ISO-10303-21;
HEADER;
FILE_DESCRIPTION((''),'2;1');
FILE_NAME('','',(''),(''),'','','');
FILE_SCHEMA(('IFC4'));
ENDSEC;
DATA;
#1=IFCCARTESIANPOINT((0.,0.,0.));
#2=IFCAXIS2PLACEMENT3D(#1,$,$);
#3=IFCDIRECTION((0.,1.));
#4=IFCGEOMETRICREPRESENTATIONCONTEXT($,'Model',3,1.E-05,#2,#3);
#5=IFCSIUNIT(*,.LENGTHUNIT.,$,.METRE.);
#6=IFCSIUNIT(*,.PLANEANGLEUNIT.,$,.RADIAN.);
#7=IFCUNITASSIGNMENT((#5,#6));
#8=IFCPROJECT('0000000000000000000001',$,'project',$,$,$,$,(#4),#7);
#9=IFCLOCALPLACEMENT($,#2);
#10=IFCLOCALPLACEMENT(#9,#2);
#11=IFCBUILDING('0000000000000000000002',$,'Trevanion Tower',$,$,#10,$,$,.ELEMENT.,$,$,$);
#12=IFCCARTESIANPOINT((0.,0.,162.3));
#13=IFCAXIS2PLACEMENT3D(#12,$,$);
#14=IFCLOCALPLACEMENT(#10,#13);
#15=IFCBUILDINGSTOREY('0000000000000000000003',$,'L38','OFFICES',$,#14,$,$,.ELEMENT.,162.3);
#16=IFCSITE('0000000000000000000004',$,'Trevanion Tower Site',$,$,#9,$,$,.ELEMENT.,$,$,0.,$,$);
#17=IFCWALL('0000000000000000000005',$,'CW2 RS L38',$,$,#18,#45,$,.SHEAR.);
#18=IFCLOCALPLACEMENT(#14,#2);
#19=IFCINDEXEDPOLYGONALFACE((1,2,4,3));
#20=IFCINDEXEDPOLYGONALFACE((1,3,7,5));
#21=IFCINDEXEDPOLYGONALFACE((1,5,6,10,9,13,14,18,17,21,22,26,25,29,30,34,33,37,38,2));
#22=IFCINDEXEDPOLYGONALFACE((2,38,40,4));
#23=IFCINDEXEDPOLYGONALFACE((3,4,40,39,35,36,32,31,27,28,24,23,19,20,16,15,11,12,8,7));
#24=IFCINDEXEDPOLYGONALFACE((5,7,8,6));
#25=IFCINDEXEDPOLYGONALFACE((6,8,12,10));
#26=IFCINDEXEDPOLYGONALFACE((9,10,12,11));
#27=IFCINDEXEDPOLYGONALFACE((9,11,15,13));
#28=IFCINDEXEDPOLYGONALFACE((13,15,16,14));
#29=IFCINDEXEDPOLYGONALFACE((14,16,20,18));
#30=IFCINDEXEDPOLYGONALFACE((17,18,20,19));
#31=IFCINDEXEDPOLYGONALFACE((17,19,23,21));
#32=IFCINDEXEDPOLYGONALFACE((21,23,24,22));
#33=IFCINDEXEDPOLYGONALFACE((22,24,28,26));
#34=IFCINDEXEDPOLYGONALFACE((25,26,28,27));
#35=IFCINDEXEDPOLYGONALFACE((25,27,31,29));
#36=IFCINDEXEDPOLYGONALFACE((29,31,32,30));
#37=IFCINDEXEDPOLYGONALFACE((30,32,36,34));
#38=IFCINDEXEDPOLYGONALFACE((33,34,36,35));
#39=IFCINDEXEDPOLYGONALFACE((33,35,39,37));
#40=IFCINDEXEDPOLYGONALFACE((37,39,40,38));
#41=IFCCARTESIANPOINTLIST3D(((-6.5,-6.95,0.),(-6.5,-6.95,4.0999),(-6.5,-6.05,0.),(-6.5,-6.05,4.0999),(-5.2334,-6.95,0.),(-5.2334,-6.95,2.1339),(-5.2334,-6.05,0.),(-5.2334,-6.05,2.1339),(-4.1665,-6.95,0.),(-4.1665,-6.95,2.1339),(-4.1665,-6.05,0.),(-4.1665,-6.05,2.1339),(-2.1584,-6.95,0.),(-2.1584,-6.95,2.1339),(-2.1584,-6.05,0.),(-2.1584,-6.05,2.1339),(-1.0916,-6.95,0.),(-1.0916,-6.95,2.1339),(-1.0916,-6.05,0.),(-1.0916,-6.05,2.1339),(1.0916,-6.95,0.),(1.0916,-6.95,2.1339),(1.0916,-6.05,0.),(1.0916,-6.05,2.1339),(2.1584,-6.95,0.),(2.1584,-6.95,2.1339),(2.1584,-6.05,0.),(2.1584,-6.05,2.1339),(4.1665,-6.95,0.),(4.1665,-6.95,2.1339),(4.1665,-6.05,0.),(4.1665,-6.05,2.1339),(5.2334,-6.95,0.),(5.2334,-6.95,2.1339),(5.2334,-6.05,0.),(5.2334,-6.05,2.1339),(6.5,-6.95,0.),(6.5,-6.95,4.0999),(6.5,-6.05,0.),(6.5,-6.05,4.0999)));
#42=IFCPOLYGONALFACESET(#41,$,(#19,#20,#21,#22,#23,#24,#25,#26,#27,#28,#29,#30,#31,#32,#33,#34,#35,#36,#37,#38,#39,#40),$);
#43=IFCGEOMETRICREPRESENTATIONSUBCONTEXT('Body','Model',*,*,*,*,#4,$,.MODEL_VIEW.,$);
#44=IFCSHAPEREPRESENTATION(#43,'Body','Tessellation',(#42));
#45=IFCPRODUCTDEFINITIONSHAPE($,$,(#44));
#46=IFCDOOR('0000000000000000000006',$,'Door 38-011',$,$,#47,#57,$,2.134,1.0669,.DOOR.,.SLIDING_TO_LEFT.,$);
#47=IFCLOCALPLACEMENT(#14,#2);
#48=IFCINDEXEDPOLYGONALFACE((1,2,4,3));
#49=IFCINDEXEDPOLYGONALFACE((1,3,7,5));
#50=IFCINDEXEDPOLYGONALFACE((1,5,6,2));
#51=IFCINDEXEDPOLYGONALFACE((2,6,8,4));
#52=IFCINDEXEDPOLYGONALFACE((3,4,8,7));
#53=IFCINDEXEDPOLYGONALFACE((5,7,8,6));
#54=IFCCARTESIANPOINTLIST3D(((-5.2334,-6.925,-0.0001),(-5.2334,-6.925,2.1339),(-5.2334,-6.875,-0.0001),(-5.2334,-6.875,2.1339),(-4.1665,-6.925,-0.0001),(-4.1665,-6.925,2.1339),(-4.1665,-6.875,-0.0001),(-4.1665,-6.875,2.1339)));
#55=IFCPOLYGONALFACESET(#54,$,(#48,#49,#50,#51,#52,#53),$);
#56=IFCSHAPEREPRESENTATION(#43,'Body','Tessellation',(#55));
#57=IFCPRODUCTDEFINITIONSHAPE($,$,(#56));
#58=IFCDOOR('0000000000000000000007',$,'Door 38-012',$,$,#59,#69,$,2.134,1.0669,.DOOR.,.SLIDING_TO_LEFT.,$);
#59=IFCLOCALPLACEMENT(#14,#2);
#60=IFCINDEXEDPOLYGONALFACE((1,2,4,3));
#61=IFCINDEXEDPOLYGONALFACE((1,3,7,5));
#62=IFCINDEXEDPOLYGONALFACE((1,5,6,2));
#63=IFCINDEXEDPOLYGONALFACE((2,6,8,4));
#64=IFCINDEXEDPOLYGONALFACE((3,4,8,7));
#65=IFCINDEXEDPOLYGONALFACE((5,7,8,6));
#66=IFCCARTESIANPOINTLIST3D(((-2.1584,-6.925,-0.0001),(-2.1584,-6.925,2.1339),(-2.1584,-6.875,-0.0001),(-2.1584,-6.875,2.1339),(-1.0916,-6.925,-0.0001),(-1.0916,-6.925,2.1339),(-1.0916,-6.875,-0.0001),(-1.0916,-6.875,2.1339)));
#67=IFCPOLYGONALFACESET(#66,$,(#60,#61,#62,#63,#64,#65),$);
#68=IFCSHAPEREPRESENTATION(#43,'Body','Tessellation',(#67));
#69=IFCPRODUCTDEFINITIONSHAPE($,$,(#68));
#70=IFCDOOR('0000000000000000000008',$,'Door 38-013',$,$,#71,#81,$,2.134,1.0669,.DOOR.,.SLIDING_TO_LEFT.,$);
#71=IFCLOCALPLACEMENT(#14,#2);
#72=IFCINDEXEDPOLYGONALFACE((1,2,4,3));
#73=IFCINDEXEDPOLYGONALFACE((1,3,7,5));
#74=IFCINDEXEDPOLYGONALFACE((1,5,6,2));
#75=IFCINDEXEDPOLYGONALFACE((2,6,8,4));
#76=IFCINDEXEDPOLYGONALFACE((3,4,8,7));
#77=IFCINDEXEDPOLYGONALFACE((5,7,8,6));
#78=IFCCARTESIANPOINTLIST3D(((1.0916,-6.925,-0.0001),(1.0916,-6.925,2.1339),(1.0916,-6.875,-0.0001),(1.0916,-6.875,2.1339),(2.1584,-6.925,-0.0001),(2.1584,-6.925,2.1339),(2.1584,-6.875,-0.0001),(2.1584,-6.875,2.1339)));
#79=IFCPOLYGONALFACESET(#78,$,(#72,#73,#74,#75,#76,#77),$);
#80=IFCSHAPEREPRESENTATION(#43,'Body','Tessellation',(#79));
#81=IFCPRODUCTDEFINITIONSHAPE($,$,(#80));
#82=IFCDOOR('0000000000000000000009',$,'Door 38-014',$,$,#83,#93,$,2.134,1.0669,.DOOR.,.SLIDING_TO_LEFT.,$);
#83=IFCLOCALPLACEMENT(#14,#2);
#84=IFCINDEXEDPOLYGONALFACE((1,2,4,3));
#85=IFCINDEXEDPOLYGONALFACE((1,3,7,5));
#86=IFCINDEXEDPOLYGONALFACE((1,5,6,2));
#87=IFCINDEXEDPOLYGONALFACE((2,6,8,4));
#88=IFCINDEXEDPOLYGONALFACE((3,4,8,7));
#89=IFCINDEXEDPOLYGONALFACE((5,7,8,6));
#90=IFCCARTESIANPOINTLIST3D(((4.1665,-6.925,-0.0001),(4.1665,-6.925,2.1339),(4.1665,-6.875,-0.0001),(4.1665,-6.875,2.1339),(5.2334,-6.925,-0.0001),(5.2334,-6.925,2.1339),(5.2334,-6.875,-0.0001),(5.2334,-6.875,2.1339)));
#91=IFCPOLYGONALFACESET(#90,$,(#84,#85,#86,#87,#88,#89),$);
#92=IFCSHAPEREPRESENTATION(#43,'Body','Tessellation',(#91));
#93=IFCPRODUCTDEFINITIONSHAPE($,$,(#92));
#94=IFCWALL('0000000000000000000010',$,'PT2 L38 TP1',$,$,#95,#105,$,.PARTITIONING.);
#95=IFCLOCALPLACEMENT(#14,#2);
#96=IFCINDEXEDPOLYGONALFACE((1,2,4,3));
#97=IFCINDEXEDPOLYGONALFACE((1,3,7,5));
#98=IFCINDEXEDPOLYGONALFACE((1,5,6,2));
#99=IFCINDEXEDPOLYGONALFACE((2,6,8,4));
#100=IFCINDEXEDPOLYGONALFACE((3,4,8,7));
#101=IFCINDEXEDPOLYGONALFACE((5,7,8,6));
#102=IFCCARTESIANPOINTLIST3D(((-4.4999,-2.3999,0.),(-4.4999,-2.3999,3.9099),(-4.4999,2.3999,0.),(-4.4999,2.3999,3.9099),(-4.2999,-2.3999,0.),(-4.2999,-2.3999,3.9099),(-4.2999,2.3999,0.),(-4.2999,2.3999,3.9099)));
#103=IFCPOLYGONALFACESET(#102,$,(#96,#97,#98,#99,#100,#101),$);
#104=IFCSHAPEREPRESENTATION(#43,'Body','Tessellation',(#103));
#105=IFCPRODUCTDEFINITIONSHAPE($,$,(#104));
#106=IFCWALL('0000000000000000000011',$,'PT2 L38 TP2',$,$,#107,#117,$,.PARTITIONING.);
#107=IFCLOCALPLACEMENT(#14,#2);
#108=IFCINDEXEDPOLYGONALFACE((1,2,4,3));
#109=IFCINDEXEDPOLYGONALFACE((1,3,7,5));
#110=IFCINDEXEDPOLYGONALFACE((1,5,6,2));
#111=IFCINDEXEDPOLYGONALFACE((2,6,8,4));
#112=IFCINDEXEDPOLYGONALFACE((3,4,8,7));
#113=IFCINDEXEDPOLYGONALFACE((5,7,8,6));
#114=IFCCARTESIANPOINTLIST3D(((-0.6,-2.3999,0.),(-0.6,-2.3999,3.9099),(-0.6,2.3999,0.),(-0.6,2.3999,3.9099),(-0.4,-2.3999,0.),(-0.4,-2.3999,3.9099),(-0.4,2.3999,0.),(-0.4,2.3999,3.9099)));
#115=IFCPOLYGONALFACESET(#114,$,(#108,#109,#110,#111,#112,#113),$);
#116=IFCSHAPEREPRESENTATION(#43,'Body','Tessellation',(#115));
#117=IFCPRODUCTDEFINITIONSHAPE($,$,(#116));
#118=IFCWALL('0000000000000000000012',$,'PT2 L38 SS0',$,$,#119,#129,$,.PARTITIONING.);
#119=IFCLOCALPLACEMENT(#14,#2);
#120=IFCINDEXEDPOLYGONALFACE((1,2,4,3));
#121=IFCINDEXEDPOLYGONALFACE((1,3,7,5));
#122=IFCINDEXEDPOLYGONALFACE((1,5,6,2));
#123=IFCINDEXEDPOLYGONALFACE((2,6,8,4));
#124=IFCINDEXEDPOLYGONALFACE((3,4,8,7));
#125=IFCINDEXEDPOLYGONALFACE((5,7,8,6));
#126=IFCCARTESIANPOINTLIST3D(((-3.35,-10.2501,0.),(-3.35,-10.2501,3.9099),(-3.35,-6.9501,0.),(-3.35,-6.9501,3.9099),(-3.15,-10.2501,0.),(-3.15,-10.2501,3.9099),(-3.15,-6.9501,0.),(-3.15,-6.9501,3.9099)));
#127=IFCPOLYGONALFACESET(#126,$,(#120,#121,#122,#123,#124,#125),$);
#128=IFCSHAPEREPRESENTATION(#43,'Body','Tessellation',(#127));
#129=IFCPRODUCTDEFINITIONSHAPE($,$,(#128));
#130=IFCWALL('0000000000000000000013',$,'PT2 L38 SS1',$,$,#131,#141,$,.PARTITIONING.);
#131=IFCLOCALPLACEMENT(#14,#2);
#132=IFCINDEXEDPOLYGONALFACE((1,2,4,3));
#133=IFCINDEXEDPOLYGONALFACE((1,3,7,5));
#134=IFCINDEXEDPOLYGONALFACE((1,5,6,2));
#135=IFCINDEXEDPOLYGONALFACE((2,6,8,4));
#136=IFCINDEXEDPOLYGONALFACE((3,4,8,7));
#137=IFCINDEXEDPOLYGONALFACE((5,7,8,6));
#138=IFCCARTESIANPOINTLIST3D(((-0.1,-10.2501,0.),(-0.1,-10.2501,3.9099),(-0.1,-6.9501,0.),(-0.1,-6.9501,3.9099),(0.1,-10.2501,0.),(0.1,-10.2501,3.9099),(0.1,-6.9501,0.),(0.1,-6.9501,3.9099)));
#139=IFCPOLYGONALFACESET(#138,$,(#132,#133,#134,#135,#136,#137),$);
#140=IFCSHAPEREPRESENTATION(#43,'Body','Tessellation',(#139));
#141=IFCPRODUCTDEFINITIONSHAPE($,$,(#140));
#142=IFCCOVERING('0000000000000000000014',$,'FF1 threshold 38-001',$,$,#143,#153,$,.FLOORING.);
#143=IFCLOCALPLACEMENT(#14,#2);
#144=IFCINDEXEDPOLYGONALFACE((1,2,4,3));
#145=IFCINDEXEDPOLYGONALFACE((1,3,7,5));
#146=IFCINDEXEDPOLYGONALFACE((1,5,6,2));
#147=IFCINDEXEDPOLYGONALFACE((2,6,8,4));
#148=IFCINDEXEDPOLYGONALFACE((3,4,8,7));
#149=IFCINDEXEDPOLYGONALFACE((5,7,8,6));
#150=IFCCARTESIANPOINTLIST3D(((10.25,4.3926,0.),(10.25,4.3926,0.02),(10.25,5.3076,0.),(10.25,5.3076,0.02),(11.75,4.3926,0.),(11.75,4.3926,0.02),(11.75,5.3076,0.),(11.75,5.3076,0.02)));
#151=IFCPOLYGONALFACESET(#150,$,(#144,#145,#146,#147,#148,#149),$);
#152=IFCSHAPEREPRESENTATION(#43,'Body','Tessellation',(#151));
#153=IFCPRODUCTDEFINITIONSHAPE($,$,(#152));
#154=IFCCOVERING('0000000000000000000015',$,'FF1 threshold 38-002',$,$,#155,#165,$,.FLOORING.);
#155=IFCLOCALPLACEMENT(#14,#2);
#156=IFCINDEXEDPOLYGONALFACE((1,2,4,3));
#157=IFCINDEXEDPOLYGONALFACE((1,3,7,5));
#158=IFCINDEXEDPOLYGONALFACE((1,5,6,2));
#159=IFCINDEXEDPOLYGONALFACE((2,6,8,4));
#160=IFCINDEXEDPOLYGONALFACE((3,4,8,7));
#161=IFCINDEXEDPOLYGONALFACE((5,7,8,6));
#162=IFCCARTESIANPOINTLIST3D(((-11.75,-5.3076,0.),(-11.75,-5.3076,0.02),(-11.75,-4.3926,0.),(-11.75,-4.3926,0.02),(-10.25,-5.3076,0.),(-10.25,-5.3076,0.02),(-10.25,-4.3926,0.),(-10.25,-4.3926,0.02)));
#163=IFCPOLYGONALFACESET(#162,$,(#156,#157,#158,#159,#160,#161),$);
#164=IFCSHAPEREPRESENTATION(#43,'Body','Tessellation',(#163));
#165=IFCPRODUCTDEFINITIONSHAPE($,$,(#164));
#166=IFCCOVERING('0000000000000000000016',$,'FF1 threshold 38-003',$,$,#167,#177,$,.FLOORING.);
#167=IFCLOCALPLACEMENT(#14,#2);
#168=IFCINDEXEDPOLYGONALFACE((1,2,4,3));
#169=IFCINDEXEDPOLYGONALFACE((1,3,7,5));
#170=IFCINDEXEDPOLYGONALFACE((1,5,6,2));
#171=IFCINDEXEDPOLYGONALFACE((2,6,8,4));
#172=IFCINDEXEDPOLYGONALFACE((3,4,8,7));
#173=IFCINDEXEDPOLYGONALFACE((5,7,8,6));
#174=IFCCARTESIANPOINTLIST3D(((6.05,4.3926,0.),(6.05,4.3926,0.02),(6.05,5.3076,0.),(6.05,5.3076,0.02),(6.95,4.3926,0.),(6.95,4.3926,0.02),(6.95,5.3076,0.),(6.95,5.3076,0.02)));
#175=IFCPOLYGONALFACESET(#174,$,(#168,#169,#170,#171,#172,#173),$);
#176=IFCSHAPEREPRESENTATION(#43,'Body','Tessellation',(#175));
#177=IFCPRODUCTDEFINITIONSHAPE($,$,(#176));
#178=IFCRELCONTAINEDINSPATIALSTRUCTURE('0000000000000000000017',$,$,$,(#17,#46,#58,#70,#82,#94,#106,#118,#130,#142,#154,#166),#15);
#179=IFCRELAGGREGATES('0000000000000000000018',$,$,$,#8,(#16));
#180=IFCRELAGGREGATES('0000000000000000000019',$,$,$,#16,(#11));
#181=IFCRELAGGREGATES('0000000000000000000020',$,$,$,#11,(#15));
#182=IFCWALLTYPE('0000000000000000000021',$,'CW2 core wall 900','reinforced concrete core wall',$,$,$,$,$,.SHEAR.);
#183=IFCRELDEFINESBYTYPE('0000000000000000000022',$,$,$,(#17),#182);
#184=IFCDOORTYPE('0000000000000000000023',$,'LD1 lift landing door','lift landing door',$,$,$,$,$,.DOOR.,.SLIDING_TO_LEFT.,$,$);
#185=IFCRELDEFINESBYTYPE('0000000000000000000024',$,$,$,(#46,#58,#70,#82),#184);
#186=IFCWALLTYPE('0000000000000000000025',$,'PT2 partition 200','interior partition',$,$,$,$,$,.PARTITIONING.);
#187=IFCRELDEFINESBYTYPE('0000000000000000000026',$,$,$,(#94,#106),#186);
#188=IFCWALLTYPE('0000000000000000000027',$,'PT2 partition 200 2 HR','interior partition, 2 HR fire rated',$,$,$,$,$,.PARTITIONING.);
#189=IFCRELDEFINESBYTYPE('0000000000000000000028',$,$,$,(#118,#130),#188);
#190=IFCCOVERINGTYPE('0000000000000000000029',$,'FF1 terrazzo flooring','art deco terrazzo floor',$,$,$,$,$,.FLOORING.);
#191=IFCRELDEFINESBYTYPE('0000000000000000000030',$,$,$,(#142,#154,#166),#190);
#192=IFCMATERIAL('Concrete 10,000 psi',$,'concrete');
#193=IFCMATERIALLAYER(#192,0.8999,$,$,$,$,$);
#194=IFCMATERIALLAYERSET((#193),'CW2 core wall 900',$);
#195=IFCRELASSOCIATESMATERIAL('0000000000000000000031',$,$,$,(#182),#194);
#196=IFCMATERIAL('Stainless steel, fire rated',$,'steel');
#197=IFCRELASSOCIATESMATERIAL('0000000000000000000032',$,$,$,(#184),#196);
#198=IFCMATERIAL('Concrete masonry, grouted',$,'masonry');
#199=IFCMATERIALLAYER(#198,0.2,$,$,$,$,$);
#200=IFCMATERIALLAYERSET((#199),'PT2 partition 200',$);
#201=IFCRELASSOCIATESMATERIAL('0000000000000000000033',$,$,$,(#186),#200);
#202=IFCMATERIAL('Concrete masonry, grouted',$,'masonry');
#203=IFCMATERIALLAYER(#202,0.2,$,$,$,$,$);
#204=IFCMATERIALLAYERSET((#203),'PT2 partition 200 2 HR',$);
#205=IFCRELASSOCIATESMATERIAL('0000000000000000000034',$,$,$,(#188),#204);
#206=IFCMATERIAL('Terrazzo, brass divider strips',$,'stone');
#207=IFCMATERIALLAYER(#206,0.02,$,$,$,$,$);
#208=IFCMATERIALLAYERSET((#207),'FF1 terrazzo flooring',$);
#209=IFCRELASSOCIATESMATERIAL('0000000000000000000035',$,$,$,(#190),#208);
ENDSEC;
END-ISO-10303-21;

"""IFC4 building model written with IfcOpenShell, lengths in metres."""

from ifc_helpers import new_model, si_unit, direction, frame, frame_2d, origin, place, context, subcontext, project, spatial, polyline, rectangle, outline, extrude, material, layer, layer_set, type_object, element, fill, save


model = new_model("IFC4")

# Units and contexts
model_context = context("Model", 3, precision=1e-05, world=origin(), true_north=direction((0.0, 1.0)))
body_context = subcontext(model_context, "Body", "Model", "MODEL_VIEW")
ifc_project = project(units=[si_unit("LENGTHUNIT", "METRE"), si_unit("PLANEANGLEUNIT", "RADIAN")], contexts=[model_context])

# Site, building, storey
site_placement = place(None, origin())
site = spatial("IfcSite", under=ifc_project, at=site_placement, Name="Trevanion Tower Site", CompositionType="ELEMENT", RefElevation=0.0)
building_placement = place(site_placement, origin())
building = spatial("IfcBuilding", under=site, at=building_placement, Name="Trevanion Tower", CompositionType="ELEMENT")
storey_placement = place(building_placement, frame((0.0, 0.0, 162.3)))
storey = spatial("IfcBuildingStorey", under=building, at=storey_placement, Name="L38", Description="OFFICES", CompositionType="ELEMENT", Elevation=162.3)

# Wall, openings, doors
ifc_material_1 = material(Name="Concrete 10,000 psi", Category="concrete")
ifc_layer_1 = layer(ifc_material_1, 0.8999)
ifc_layer_set_1 = layer_set([ifc_layer_1], Name="CW2 core wall 900")
wall_type_1 = type_object("IfcWallType", Name="CW2 core wall 900", Description="reinforced concrete core wall", PredefinedType="SHEAR", material=ifc_layer_set_1)
wall_placement = place(storey_placement, frame((-6.5, -6.5, 0.0), z_axis=(0.0, 0.0, 1.0), x_axis=(1.0, 0.0, 0.0)))
wall = element("IfcWall", 1, at=wall_placement, inside=storey, type_object=wall_type_1, Name="CW2 RS L38", PredefinedType="SHEAR", context=body_context, shape_type="SweptSolid", body=[
    extrude(rectangle(XDim=13.0, YDim=0.8999, at=frame_2d((6.5, 0.0))), origin(), (0.0, 0.0, 1.0), 4.0999),
])
opening_1_placement = place(wall_placement, frame((1.2666, 0.0, 0.0)))
opening_1 = element("IfcOpeningElement", 2, at=opening_1_placement, cuts=wall, PredefinedType="OPENING", context=body_context, shape_type="SweptSolid", body=[
    extrude(rectangle(XDim=1.0669, YDim=2.134, at=frame_2d((0.5334, 1.0669))), frame((0.0, 0.46, 0.0), z_axis=(0.0, -1.0, 0.0), x_axis=(1.0, 0.0, 0.0)), (0.0, 0.0, 1.0), 0.9199),
])
opening_2_placement = place(wall_placement, frame((4.3416, 0.0, 0.0)))
opening_2 = element("IfcOpeningElement", 3, at=opening_2_placement, cuts=wall, PredefinedType="OPENING", context=body_context, shape_type="SweptSolid", body=[
    extrude(rectangle(XDim=1.0669, YDim=2.134, at=frame_2d((0.5334, 1.0669))), frame((0.0, 0.46, 0.0), z_axis=(0.0, -1.0, 0.0), x_axis=(1.0, 0.0, 0.0)), (0.0, 0.0, 1.0), 0.9199),
])
opening_3_placement = place(wall_placement, frame((7.5916, 0.0, 0.0)))
opening_3 = element("IfcOpeningElement", 4, at=opening_3_placement, cuts=wall, PredefinedType="OPENING", context=body_context, shape_type="SweptSolid", body=[
    extrude(rectangle(XDim=1.0669, YDim=2.134, at=frame_2d((0.5334, 1.0669))), frame((0.0, 0.46, 0.0), z_axis=(0.0, -1.0, 0.0), x_axis=(1.0, 0.0, 0.0)), (0.0, 0.0, 1.0), 0.9199),
])
opening_4_placement = place(wall_placement, frame((10.6665, 0.0, 0.0)))
opening_4 = element("IfcOpeningElement", 5, at=opening_4_placement, cuts=wall, PredefinedType="OPENING", context=body_context, shape_type="SweptSolid", body=[
    extrude(rectangle(XDim=1.0669, YDim=2.134, at=frame_2d((0.5334, 1.0669))), frame((0.0, 0.46, 0.0), z_axis=(0.0, -1.0, 0.0), x_axis=(1.0, 0.0, 0.0)), (0.0, 0.0, 1.0), 0.9199),
])
ifc_material_2 = material(Name="Stainless steel, fire rated", Category="steel")
door_type = type_object("IfcDoorType", Name="LD1 lift landing door", Description="lift landing door", OperationType="SLIDING_TO_LEFT", PredefinedType="DOOR", material=ifc_material_2)
door_1_placement = place(opening_1_placement, origin())
door_1 = element("IfcDoor", 6, at=door_1_placement, inside=storey, type_object=door_type, Name="Door 38-011", OperationType="SLIDING_TO_LEFT", OverallHeight=2.134, OverallWidth=1.0669, PredefinedType="DOOR", context=body_context, shape_type="SweptSolid", body=[
    extrude(rectangle(XDim=1.0669, YDim=2.134, at=frame_2d((0.5334, 1.0669))), frame((0.0, -0.375, 0.0), z_axis=(0.0, -1.0, 0.0), x_axis=(1.0, 0.0, 0.0)), (0.0, 0.0, 1.0), 0.05),
])
fill(opening_1, door_1)
door_2_placement = place(opening_2_placement, origin())
door_2 = element("IfcDoor", 7, at=door_2_placement, inside=storey, type_object=door_type, Name="Door 38-012", OperationType="SLIDING_TO_LEFT", OverallHeight=2.134, OverallWidth=1.0669, PredefinedType="DOOR", context=body_context, shape_type="SweptSolid", body=[
    extrude(rectangle(XDim=1.0669, YDim=2.134, at=frame_2d((0.5334, 1.0669))), frame((0.0, -0.375, 0.0), z_axis=(0.0, -1.0, 0.0), x_axis=(1.0, 0.0, 0.0)), (0.0, 0.0, 1.0), 0.05),
])
fill(opening_2, door_2)
door_3_placement = place(opening_3_placement, origin())
door_3 = element("IfcDoor", 8, at=door_3_placement, inside=storey, type_object=door_type, Name="Door 38-013", OperationType="SLIDING_TO_LEFT", OverallHeight=2.134, OverallWidth=1.0669, PredefinedType="DOOR", context=body_context, shape_type="SweptSolid", body=[
    extrude(rectangle(XDim=1.0669, YDim=2.134, at=frame_2d((0.5334, 1.0669))), frame((0.0, -0.375, 0.0), z_axis=(0.0, -1.0, 0.0), x_axis=(1.0, 0.0, 0.0)), (0.0, 0.0, 1.0), 0.05),
])
fill(opening_3, door_3)
door_4_placement = place(opening_4_placement, origin())
door_4 = element("IfcDoor", 9, at=door_4_placement, inside=storey, type_object=door_type, Name="Door 38-014", OperationType="SLIDING_TO_LEFT", OverallHeight=2.134, OverallWidth=1.0669, PredefinedType="DOOR", context=body_context, shape_type="SweptSolid", body=[
    extrude(rectangle(XDim=1.0669, YDim=2.134, at=frame_2d((0.5334, 1.0669))), frame((0.0, -0.375, 0.0), z_axis=(0.0, -1.0, 0.0), x_axis=(1.0, 0.0, 0.0)), (0.0, 0.0, 1.0), 0.05),
])
fill(opening_4, door_4)

# Walls
ifc_material_3 = material(Name="Concrete masonry, grouted", Category="masonry")
ifc_layer_2 = layer(ifc_material_3, 0.2)
ifc_layer_set_2 = layer_set([ifc_layer_2], Name="PT2 partition 200")
wall_type_2 = type_object("IfcWallType", Name="PT2 partition 200", Description="interior partition", PredefinedType="PARTITIONING", material=ifc_layer_set_2)
for number, where, z_axis, x_axis, name in (
    (10, (-4.3999, -2.3999, 0.0), (0.0, 0.0, 1.0), (0.0, 1.0, 0.0), "PT2 L38 TP1"),
    (11, (-0.5, -2.3999, 0.0), (0.0, 0.0, 1.0), (0.0, 1.0, 0.0), "PT2 L38 TP2"),
):
    element("IfcWall", number, at=place(storey_placement, frame(where, z_axis=z_axis, x_axis=x_axis)), inside=storey, type_object=wall_type_2, Name=name, PredefinedType="PARTITIONING", context=body_context, shape_type="SweptSolid", body=[
        extrude(rectangle(XDim=4.7998, YDim=0.2, at=frame_2d((2.3999, 0.0))), origin(), (0.0, 0.0, 1.0), 3.9099),
    ])
ifc_material_4 = material(Name="Concrete masonry, grouted", Category="masonry")
ifc_layer_3 = layer(ifc_material_4, 0.2)
ifc_layer_set_3 = layer_set([ifc_layer_3], Name="PT2 partition 200 2 HR")
wall_type_3 = type_object("IfcWallType", Name="PT2 partition 200 2 HR", Description="interior partition, 2 HR fire rated", PredefinedType="PARTITIONING", material=ifc_layer_set_3)
for number, where, z_axis, x_axis, name in (
    (12, (-3.25, -10.25, 0.0), (0.0, 0.0, 1.0), (0.0, 1.0, 0.0), "PT2 L38 SS0"),
    (13, (0.0, -10.25, 0.0), (0.0, 0.0, 1.0), (0.0, 1.0, 0.0), "PT2 L38 SS1"),
):
    element("IfcWall", number, at=place(storey_placement, frame(where, z_axis=z_axis, x_axis=x_axis)), inside=storey, type_object=wall_type_3, Name=name, PredefinedType="PARTITIONING", context=body_context, shape_type="SweptSolid", body=[
        extrude(rectangle(XDim=3.3, YDim=0.2, at=frame_2d((1.6499, 0.0))), origin(), (0.0, 0.0, 1.0), 3.9099),
    ])

# Coverings
ifc_material_5 = material(Name="Terrazzo, brass divider strips", Category="stone")
ifc_layer_4 = layer(ifc_material_5, 0.02)
ifc_layer_set_4 = layer_set([ifc_layer_4], Name="FF1 terrazzo flooring")
covering_type = type_object("IfcCoveringType", Name="FF1 terrazzo flooring", Description="art deco terrazzo floor", PredefinedType="FLOORING", material=ifc_layer_set_4)
covering_1_placement = place(storey_placement, origin())
element("IfcCovering", 14, at=covering_1_placement, inside=storey, type_object=covering_type, Name="FF1 threshold 38-001", PredefinedType="FLOORING", context=body_context, shape_type="SweptSolid", body=[
    extrude(outline(polyline([(11.75, 4.3926), (11.75, 5.3076), (10.25, 5.3076), (10.25, 4.3926), (11.75, 4.3926)])), origin(), (0.0, 0.0, 1.0), 0.02),
])
covering_2_placement = place(storey_placement, origin())
element("IfcCovering", 15, at=covering_2_placement, inside=storey, type_object=covering_type, Name="FF1 threshold 38-002", PredefinedType="FLOORING", context=body_context, shape_type="SweptSolid", body=[
    extrude(outline(polyline([(-11.75, -4.3926), (-11.75, -5.3076), (-10.25, -5.3076), (-10.25, -4.3926), (-11.75, -4.3926)])), origin(), (0.0, 0.0, 1.0), 0.02),
])
covering_3_placement = place(storey_placement, origin())
element("IfcCovering", 16, at=covering_3_placement, inside=storey, type_object=covering_type, Name="FF1 threshold 38-003", PredefinedType="FLOORING", context=body_context, shape_type="SweptSolid", body=[
    extrude(outline(polyline([(6.95, 4.3926), (6.95, 5.3076), (6.05, 5.3076), (6.05, 4.3926), (6.95, 4.3926)])), origin(), (0.0, 0.0, 1.0), 0.02),
])

save(model, "model.ifc")
